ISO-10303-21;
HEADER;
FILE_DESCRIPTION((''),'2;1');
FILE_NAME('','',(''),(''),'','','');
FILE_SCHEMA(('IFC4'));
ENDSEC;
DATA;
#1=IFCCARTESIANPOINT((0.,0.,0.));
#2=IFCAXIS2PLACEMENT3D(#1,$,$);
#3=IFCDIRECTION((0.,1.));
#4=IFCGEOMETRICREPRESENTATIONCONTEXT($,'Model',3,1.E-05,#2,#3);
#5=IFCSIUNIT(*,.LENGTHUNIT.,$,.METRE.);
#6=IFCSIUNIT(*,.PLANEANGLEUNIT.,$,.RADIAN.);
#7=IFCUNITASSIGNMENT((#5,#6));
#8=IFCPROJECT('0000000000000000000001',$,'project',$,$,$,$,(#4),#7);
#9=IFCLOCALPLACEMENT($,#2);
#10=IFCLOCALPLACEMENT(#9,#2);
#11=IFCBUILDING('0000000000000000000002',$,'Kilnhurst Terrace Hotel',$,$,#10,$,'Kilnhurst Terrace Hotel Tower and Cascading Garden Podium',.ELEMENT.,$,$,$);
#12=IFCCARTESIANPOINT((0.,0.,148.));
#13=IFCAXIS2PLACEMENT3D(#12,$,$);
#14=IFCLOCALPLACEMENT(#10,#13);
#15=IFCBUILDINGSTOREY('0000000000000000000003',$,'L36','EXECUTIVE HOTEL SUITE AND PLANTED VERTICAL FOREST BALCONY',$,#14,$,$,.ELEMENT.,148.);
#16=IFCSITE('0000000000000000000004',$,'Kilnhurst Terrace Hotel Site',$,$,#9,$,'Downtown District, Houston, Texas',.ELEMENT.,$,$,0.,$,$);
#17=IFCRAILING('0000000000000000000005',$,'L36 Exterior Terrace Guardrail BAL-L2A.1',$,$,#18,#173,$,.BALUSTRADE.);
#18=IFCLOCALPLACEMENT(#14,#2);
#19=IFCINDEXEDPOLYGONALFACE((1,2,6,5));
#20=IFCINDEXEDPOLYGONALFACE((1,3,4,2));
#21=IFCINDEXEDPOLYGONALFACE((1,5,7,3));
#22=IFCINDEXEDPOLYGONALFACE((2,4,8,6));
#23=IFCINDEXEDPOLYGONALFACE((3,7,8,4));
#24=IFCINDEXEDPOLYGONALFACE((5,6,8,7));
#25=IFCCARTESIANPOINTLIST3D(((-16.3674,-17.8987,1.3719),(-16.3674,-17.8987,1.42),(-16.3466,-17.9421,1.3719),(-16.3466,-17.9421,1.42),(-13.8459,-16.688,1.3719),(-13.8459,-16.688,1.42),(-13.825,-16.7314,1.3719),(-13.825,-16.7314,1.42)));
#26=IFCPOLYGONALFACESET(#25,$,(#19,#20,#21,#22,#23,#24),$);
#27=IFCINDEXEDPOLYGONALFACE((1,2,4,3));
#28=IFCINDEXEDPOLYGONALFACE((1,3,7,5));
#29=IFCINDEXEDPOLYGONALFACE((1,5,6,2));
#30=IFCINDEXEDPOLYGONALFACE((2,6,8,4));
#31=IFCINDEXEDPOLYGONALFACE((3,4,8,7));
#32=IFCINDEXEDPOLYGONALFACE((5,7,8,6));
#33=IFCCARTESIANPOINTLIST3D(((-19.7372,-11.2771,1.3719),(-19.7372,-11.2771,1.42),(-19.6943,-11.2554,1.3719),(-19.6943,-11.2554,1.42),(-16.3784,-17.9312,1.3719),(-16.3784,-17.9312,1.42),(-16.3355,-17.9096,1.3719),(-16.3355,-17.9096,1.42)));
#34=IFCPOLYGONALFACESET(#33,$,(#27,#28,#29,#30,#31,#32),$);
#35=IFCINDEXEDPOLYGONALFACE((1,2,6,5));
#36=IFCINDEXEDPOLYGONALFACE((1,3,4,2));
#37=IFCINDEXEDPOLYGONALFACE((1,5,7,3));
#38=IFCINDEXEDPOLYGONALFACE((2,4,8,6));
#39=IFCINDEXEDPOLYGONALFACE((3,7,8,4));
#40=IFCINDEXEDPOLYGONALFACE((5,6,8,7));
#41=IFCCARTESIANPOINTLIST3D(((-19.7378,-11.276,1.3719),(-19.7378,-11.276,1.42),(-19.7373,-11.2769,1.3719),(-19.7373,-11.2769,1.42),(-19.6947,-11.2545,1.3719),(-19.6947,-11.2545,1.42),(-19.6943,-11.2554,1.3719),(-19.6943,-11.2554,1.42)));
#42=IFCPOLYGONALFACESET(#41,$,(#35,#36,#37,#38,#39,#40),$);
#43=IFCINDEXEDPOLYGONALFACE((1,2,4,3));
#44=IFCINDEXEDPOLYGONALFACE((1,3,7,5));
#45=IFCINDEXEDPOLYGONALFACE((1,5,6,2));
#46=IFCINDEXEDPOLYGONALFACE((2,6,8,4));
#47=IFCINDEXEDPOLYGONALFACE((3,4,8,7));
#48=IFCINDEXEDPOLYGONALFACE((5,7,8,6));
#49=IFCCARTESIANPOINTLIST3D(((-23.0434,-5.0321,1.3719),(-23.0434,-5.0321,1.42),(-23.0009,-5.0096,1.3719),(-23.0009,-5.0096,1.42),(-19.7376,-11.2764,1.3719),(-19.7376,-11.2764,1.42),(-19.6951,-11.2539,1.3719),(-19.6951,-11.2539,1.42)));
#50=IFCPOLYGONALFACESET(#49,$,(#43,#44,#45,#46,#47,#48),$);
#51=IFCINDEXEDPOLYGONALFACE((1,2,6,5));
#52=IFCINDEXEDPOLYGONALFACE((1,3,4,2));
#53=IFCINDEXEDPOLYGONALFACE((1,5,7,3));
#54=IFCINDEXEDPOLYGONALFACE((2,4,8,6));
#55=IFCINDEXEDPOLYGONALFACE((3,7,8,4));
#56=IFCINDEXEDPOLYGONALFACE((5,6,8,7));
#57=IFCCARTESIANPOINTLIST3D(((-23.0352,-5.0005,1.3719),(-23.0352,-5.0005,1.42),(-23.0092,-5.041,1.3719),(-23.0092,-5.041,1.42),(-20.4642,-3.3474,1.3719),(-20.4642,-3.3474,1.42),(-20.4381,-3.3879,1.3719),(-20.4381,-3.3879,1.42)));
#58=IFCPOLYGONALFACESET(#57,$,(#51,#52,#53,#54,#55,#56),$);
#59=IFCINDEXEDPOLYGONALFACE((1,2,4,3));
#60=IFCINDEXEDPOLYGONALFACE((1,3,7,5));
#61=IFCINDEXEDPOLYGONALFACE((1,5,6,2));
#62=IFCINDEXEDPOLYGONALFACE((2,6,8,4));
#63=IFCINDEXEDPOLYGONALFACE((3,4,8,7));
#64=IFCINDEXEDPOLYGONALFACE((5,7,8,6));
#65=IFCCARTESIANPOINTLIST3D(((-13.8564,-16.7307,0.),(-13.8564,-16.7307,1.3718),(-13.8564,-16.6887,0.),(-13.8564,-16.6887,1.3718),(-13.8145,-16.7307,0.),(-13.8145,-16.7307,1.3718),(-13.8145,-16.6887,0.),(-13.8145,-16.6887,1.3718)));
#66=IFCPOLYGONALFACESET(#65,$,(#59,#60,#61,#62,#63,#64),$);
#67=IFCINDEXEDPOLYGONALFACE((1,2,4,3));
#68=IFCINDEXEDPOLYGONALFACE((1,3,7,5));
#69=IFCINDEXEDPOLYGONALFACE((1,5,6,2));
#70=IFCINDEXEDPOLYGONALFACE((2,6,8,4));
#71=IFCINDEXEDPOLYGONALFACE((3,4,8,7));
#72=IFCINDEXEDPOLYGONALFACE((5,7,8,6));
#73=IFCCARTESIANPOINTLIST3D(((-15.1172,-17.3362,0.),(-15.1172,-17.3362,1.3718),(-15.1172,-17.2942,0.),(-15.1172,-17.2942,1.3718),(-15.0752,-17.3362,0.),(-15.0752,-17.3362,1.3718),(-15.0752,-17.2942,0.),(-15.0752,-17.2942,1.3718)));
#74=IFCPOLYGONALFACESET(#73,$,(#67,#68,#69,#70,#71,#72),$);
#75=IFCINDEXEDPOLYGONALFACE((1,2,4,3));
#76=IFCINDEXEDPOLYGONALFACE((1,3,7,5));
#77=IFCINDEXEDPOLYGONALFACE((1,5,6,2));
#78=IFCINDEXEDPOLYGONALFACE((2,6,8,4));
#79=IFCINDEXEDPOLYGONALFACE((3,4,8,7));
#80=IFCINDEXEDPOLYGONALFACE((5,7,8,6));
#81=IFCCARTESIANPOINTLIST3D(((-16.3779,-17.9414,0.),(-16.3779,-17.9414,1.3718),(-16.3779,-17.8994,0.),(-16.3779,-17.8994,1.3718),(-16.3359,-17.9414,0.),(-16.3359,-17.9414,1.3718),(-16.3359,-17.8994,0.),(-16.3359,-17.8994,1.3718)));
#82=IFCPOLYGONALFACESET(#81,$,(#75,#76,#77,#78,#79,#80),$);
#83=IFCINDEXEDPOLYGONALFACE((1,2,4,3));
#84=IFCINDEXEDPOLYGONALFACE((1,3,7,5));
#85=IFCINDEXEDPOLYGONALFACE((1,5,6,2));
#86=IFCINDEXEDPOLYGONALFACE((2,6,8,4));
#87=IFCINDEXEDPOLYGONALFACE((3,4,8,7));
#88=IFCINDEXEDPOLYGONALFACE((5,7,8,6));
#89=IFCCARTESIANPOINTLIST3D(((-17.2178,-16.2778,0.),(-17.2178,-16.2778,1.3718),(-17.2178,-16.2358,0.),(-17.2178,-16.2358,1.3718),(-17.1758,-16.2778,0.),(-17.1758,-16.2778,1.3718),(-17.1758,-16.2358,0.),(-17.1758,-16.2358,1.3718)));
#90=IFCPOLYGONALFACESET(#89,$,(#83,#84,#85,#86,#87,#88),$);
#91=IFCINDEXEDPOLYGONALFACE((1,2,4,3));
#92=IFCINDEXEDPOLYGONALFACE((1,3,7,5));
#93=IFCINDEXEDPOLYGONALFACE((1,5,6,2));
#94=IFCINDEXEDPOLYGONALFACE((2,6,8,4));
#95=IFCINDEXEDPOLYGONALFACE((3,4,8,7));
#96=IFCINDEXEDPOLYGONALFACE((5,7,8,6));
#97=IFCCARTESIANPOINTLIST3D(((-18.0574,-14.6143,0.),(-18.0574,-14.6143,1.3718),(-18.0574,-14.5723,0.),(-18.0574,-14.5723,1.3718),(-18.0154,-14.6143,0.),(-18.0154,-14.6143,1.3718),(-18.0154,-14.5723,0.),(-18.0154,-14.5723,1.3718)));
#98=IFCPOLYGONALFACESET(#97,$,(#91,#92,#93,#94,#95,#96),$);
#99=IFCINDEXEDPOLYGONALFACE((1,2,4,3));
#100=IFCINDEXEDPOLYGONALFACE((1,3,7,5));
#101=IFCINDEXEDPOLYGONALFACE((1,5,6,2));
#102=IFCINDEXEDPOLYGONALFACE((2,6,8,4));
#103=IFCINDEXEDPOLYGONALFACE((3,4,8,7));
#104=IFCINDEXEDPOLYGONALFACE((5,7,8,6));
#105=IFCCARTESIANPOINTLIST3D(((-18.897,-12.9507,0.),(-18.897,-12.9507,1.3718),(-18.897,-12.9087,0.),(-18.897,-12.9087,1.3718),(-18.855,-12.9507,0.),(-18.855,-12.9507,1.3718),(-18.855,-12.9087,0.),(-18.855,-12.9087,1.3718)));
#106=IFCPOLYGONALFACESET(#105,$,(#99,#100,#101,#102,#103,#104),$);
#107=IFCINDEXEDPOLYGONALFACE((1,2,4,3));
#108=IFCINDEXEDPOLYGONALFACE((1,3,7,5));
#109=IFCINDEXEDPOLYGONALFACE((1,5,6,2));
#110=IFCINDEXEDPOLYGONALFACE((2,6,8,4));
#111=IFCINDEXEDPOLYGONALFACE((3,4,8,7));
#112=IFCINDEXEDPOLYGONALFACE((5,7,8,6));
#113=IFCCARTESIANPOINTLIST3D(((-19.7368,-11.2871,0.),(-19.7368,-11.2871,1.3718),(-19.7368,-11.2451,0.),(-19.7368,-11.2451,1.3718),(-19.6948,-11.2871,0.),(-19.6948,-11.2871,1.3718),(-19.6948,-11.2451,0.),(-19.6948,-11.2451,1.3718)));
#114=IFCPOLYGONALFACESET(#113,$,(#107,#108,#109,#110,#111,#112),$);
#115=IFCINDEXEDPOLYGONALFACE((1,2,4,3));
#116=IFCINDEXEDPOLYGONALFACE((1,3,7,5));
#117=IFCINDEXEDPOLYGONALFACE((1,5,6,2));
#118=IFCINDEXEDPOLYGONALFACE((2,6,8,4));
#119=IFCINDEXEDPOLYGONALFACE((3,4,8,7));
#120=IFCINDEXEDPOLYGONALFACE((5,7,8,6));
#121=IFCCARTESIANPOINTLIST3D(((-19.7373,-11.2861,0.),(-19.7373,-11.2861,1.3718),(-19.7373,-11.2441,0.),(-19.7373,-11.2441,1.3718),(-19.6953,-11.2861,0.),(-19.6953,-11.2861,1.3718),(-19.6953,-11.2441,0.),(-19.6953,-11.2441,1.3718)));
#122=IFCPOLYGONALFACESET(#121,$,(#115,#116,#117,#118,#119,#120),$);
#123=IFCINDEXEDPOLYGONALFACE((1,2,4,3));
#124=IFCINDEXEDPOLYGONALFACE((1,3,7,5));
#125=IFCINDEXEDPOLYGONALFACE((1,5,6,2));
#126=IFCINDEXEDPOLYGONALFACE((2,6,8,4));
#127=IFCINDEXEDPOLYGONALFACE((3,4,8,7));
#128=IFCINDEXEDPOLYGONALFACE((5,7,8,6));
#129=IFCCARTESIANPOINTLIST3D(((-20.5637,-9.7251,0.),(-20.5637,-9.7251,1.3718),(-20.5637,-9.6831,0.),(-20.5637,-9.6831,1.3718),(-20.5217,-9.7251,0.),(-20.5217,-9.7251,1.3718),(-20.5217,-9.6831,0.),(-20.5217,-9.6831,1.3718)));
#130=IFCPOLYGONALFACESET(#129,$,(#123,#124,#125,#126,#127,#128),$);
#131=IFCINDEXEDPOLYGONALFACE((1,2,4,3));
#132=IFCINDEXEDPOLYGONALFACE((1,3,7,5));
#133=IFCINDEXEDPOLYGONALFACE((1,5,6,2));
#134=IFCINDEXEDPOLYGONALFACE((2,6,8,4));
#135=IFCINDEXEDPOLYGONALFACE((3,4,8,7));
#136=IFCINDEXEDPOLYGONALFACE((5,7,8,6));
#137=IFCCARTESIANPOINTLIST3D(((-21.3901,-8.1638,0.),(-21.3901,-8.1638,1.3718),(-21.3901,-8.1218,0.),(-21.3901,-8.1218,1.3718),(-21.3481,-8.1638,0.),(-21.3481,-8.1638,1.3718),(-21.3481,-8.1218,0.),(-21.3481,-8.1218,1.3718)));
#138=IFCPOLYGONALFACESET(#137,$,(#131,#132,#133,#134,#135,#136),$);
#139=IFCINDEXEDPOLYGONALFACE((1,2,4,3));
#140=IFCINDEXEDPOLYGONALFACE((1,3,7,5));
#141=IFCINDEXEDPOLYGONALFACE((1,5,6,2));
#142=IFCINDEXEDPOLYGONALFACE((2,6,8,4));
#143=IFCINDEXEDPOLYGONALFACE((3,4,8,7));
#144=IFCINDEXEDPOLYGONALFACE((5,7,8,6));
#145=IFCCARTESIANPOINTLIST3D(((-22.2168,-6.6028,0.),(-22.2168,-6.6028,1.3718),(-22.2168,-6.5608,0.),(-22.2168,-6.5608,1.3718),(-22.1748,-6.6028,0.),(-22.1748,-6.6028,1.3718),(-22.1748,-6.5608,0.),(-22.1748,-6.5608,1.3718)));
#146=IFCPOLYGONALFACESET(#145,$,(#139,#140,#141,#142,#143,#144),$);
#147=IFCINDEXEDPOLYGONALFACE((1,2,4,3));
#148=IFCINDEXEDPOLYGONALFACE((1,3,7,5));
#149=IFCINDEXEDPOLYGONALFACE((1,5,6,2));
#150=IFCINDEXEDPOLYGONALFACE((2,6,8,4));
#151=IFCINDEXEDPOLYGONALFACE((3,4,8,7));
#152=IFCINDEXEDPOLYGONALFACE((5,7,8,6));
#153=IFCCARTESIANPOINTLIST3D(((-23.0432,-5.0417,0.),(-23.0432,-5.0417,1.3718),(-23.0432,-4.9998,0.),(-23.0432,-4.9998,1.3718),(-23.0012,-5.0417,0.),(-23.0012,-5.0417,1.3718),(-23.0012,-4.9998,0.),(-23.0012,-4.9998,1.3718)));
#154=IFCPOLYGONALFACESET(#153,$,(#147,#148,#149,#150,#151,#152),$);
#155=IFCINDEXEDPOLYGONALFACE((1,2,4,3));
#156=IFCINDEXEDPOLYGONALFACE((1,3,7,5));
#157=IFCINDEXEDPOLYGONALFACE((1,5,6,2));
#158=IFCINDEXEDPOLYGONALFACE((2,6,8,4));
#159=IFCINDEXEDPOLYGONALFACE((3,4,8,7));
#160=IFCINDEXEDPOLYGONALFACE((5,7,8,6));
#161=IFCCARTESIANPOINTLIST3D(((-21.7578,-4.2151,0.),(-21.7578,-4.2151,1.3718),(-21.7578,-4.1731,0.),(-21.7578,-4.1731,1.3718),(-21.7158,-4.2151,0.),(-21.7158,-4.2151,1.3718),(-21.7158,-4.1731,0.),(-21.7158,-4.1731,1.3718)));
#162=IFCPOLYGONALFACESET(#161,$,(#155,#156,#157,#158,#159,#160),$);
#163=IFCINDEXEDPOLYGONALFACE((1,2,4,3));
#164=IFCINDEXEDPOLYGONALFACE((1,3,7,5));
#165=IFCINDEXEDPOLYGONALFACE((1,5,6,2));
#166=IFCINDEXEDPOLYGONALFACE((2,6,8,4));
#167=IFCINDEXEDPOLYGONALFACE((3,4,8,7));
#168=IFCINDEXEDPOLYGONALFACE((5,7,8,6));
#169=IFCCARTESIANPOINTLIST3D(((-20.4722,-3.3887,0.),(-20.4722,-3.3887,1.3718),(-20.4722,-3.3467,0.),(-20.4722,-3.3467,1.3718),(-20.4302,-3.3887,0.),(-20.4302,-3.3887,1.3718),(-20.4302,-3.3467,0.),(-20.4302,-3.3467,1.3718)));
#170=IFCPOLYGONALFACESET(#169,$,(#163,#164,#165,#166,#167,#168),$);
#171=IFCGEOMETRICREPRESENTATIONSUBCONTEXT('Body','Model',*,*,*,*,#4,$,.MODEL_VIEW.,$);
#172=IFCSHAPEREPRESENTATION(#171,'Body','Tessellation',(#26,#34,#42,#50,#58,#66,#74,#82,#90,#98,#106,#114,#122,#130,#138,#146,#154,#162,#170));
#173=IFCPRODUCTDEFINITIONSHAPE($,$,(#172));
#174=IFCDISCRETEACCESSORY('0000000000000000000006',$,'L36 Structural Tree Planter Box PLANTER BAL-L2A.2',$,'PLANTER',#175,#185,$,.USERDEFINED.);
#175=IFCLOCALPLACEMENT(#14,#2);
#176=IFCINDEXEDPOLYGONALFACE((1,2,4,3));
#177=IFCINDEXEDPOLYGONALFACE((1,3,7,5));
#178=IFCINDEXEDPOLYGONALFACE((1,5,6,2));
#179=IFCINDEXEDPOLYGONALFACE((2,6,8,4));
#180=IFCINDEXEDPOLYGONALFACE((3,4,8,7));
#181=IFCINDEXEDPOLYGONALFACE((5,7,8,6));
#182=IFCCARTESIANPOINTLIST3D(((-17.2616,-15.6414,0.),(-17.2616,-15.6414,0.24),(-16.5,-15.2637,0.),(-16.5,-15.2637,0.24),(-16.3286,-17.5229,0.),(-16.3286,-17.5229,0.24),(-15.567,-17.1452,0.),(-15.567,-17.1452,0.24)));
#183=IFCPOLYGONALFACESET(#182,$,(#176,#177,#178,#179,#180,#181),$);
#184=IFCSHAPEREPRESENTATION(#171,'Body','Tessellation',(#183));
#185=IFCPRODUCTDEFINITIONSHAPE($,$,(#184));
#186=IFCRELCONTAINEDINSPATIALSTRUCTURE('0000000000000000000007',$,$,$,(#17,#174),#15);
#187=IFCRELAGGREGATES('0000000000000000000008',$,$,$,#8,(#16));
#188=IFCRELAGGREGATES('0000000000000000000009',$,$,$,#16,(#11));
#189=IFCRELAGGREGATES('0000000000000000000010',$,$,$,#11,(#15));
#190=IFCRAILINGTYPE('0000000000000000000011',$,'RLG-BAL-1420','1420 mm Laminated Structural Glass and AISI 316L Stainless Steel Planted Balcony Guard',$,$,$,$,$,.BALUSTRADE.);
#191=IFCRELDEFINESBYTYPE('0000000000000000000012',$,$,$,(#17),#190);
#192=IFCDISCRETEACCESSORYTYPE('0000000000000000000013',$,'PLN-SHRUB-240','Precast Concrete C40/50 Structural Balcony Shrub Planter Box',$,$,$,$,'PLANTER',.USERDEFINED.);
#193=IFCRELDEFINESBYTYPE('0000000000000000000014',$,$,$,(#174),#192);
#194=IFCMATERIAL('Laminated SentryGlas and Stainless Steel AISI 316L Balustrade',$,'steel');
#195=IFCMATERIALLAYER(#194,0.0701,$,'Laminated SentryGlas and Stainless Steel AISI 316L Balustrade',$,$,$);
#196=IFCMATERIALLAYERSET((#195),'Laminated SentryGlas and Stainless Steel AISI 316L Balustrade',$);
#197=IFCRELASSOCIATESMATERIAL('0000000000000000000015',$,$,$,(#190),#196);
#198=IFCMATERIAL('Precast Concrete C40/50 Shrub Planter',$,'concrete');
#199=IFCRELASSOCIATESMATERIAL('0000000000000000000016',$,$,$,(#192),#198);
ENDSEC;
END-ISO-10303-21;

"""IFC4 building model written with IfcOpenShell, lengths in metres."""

from ifc_helpers import new_model, si_unit, direction, frame, origin, origin_2d, place, context, subcontext, project, spatial, rectangle, extrude, material, layer, layer_set, type_object, element, save


model = new_model("IFC4")

# Units and contexts
model_context = context("Model", 3, precision=1e-05, world=origin(), true_north=direction((0.0, 1.0)))
body_context = subcontext(model_context, "Body", "Model", "MODEL_VIEW")
ifc_project = project(units=[si_unit("LENGTHUNIT", "METRE"), si_unit("PLANEANGLEUNIT", "RADIAN")], contexts=[model_context])

# Site, building, storey
site_placement = place(None, origin())
site = spatial("IfcSite", under=ifc_project, at=site_placement, Name="Kilnhurst Terrace Hotel Site", LongName="Downtown District, Houston, Texas", CompositionType="ELEMENT", RefElevation=0.0)
building_placement = place(site_placement, origin())
building = spatial("IfcBuilding", under=site, at=building_placement, Name="Kilnhurst Terrace Hotel", LongName="Kilnhurst Terrace Hotel Tower and Cascading Garden Podium", CompositionType="ELEMENT")
storey_placement = place(building_placement, frame((0.0, 0.0, 148.0)))
storey = spatial("IfcBuildingStorey", under=building, at=storey_placement, Name="L36", Description="EXECUTIVE HOTEL SUITE AND PLANTED VERTICAL FOREST BALCONY", CompositionType="ELEMENT", Elevation=148.0)

# Railing
ifc_material_1 = material(Name="Laminated SentryGlas and Stainless Steel AISI 316L Balustrade", Category="steel")
ifc_layer_1 = layer(ifc_material_1, 0.0701, Name="Laminated SentryGlas and Stainless Steel AISI 316L Balustrade")
ifc_layer_set_1 = layer_set([ifc_layer_1], Name="Laminated SentryGlas and Stainless Steel AISI 316L Balustrade")
railing_type = type_object("IfcRailingType", Name="RLG-BAL-1420", Description="1420 mm Laminated Structural Glass and AISI 316L Stainless Steel Planted Balcony Guard", PredefinedType="BALUSTRADE", material=ifc_layer_set_1)
railing_placement = place(storey_placement, frame((-13.8354, -16.7097, 0.0)))
element("IfcRailing", 1, at=railing_placement, inside=storey, type_object=railing_type, Name="L36 Exterior Terrace Guardrail BAL-L2A.1", PredefinedType="BALUSTRADE", context=body_context, shape_type="SweptSolid", body=[
    extrude(rectangle(XDim=0.0481, YDim=0.0481, at=origin_2d()), frame((0.0, 0.0, 1.396), z_axis=(-0.90147, -0.432842, 0.0), x_axis=(0.432842, -0.90147, 0.0)), (0.0, 0.0, 1.0), 2.7971),
    extrude(rectangle(XDim=0.0481, YDim=0.0481, at=origin_2d()), frame((-2.5215, -1.2107, 1.396), z_axis=(-0.450617, 0.892718, 0.0), x_axis=(-0.892718, -0.450617, 0.0)), (0.0, 0.0, 1.0), 7.4539),
    extrude(rectangle(XDim=0.0481, YDim=0.0481, at=origin_2d()), frame((-5.8804, 5.4436, 1.396), z_axis=(-0.447214, 0.894427, 0.0), x_axis=(-0.894427, -0.447214, 0.0)), (0.0, 0.0, 1.0), 0.001),
    extrude(rectangle(XDim=0.0481, YDim=0.0481, at=origin_2d()), frame((-5.8809, 5.4446, 1.396), z_axis=(-0.467894, 0.883785, 0.0), x_axis=(-0.883785, -0.467894, 0.0)), (0.0, 0.0, 1.0), 7.0654),
    extrude(rectangle(XDim=0.0481, YDim=0.0481, at=origin_2d()), frame((-9.1868, 11.689, 1.396), z_axis=(0.84114, 0.540818, 0.0), x_axis=(-0.540818, 0.84114, 0.0)), (0.0, 0.0, 1.0), 3.0566),
    extrude(rectangle(XDim=0.042, YDim=0.042, at=origin_2d()), origin(), (0.0, 0.0, 1.0), 1.3718),
    extrude(rectangle(XDim=0.042, YDim=0.042, at=origin_2d()), frame((-1.2607, -0.6055, 0.0)), (0.0, 0.0, 1.0), 1.3718),
    extrude(rectangle(XDim=0.042, YDim=0.042, at=origin_2d()), frame((-2.5215, -1.2107, 0.0)), (0.0, 0.0, 1.0), 1.3718),
    extrude(rectangle(XDim=0.042, YDim=0.042, at=origin_2d()), frame((-3.3613, 0.4529, 0.0)), (0.0, 0.0, 1.0), 1.3718),
    extrude(rectangle(XDim=0.042, YDim=0.042, at=origin_2d()), frame((-4.2009, 2.1165, 0.0)), (0.0, 0.0, 1.0), 1.3718),
    extrude(rectangle(XDim=0.042, YDim=0.042, at=origin_2d()), frame((-5.0405, 3.78, 0.0)), (0.0, 0.0, 1.0), 1.3718),
    extrude(rectangle(XDim=0.042, YDim=0.042, at=origin_2d()), frame((-5.8804, 5.4436, 0.0)), (0.0, 0.0, 1.0), 1.3718),
    extrude(rectangle(XDim=0.042, YDim=0.042, at=origin_2d()), frame((-5.8809, 5.4446, 0.0)), (0.0, 0.0, 1.0), 1.3718),
    extrude(rectangle(XDim=0.042, YDim=0.042, at=origin_2d()), frame((-6.7073, 7.0056, 0.0)), (0.0, 0.0, 1.0), 1.3718),
    extrude(rectangle(XDim=0.042, YDim=0.042, at=origin_2d()), frame((-7.5337, 8.5669, 0.0)), (0.0, 0.0, 1.0), 1.3718),
    extrude(rectangle(XDim=0.042, YDim=0.042, at=origin_2d()), frame((-8.3604, 10.1279, 0.0)), (0.0, 0.0, 1.0), 1.3718),
    extrude(rectangle(XDim=0.042, YDim=0.042, at=origin_2d()), frame((-9.1868, 11.689, 0.0)), (0.0, 0.0, 1.0), 1.3718),
    extrude(rectangle(XDim=0.042, YDim=0.042, at=origin_2d()), frame((-7.9014, 12.5156, 0.0)), (0.0, 0.0, 1.0), 1.3718),
    extrude(rectangle(XDim=0.042, YDim=0.042, at=origin_2d()), frame((-6.6157, 13.342, 0.0)), (0.0, 0.0, 1.0), 1.3718),
])

# Discrete accessory
ifc_material_2 = material(Name="Precast Concrete C40/50 Shrub Planter", Category="concrete")
discrete_accessory_type = type_object("IfcDiscreteAccessoryType", Name="PLN-SHRUB-240", Description="Precast Concrete C40/50 Structural Balcony Shrub Planter Box", ElementType="PLANTER", PredefinedType="USERDEFINED", material=ifc_material_2)
discrete_accessory_placement = place(storey_placement, frame((-16.4143, -16.3933, 0.0), z_axis=(0.0, 0.0, 1.0), x_axis=(0.444244, -0.895906, 0.0)))
element("IfcDiscreteAccessory", 2, at=discrete_accessory_placement, inside=storey, type_object=discrete_accessory_type, Name="L36 Structural Tree Planter Box PLANTER BAL-L2A.2", ObjectType="PLANTER", PredefinedType="USERDEFINED", context=body_context, shape_type="SweptSolid", body=[
    extrude(rectangle(XDim=2.1001, YDim=0.8501, at=origin_2d()), origin(), (0.0, 0.0, 1.0), 0.24),
])

save(model, "model.ifc")
